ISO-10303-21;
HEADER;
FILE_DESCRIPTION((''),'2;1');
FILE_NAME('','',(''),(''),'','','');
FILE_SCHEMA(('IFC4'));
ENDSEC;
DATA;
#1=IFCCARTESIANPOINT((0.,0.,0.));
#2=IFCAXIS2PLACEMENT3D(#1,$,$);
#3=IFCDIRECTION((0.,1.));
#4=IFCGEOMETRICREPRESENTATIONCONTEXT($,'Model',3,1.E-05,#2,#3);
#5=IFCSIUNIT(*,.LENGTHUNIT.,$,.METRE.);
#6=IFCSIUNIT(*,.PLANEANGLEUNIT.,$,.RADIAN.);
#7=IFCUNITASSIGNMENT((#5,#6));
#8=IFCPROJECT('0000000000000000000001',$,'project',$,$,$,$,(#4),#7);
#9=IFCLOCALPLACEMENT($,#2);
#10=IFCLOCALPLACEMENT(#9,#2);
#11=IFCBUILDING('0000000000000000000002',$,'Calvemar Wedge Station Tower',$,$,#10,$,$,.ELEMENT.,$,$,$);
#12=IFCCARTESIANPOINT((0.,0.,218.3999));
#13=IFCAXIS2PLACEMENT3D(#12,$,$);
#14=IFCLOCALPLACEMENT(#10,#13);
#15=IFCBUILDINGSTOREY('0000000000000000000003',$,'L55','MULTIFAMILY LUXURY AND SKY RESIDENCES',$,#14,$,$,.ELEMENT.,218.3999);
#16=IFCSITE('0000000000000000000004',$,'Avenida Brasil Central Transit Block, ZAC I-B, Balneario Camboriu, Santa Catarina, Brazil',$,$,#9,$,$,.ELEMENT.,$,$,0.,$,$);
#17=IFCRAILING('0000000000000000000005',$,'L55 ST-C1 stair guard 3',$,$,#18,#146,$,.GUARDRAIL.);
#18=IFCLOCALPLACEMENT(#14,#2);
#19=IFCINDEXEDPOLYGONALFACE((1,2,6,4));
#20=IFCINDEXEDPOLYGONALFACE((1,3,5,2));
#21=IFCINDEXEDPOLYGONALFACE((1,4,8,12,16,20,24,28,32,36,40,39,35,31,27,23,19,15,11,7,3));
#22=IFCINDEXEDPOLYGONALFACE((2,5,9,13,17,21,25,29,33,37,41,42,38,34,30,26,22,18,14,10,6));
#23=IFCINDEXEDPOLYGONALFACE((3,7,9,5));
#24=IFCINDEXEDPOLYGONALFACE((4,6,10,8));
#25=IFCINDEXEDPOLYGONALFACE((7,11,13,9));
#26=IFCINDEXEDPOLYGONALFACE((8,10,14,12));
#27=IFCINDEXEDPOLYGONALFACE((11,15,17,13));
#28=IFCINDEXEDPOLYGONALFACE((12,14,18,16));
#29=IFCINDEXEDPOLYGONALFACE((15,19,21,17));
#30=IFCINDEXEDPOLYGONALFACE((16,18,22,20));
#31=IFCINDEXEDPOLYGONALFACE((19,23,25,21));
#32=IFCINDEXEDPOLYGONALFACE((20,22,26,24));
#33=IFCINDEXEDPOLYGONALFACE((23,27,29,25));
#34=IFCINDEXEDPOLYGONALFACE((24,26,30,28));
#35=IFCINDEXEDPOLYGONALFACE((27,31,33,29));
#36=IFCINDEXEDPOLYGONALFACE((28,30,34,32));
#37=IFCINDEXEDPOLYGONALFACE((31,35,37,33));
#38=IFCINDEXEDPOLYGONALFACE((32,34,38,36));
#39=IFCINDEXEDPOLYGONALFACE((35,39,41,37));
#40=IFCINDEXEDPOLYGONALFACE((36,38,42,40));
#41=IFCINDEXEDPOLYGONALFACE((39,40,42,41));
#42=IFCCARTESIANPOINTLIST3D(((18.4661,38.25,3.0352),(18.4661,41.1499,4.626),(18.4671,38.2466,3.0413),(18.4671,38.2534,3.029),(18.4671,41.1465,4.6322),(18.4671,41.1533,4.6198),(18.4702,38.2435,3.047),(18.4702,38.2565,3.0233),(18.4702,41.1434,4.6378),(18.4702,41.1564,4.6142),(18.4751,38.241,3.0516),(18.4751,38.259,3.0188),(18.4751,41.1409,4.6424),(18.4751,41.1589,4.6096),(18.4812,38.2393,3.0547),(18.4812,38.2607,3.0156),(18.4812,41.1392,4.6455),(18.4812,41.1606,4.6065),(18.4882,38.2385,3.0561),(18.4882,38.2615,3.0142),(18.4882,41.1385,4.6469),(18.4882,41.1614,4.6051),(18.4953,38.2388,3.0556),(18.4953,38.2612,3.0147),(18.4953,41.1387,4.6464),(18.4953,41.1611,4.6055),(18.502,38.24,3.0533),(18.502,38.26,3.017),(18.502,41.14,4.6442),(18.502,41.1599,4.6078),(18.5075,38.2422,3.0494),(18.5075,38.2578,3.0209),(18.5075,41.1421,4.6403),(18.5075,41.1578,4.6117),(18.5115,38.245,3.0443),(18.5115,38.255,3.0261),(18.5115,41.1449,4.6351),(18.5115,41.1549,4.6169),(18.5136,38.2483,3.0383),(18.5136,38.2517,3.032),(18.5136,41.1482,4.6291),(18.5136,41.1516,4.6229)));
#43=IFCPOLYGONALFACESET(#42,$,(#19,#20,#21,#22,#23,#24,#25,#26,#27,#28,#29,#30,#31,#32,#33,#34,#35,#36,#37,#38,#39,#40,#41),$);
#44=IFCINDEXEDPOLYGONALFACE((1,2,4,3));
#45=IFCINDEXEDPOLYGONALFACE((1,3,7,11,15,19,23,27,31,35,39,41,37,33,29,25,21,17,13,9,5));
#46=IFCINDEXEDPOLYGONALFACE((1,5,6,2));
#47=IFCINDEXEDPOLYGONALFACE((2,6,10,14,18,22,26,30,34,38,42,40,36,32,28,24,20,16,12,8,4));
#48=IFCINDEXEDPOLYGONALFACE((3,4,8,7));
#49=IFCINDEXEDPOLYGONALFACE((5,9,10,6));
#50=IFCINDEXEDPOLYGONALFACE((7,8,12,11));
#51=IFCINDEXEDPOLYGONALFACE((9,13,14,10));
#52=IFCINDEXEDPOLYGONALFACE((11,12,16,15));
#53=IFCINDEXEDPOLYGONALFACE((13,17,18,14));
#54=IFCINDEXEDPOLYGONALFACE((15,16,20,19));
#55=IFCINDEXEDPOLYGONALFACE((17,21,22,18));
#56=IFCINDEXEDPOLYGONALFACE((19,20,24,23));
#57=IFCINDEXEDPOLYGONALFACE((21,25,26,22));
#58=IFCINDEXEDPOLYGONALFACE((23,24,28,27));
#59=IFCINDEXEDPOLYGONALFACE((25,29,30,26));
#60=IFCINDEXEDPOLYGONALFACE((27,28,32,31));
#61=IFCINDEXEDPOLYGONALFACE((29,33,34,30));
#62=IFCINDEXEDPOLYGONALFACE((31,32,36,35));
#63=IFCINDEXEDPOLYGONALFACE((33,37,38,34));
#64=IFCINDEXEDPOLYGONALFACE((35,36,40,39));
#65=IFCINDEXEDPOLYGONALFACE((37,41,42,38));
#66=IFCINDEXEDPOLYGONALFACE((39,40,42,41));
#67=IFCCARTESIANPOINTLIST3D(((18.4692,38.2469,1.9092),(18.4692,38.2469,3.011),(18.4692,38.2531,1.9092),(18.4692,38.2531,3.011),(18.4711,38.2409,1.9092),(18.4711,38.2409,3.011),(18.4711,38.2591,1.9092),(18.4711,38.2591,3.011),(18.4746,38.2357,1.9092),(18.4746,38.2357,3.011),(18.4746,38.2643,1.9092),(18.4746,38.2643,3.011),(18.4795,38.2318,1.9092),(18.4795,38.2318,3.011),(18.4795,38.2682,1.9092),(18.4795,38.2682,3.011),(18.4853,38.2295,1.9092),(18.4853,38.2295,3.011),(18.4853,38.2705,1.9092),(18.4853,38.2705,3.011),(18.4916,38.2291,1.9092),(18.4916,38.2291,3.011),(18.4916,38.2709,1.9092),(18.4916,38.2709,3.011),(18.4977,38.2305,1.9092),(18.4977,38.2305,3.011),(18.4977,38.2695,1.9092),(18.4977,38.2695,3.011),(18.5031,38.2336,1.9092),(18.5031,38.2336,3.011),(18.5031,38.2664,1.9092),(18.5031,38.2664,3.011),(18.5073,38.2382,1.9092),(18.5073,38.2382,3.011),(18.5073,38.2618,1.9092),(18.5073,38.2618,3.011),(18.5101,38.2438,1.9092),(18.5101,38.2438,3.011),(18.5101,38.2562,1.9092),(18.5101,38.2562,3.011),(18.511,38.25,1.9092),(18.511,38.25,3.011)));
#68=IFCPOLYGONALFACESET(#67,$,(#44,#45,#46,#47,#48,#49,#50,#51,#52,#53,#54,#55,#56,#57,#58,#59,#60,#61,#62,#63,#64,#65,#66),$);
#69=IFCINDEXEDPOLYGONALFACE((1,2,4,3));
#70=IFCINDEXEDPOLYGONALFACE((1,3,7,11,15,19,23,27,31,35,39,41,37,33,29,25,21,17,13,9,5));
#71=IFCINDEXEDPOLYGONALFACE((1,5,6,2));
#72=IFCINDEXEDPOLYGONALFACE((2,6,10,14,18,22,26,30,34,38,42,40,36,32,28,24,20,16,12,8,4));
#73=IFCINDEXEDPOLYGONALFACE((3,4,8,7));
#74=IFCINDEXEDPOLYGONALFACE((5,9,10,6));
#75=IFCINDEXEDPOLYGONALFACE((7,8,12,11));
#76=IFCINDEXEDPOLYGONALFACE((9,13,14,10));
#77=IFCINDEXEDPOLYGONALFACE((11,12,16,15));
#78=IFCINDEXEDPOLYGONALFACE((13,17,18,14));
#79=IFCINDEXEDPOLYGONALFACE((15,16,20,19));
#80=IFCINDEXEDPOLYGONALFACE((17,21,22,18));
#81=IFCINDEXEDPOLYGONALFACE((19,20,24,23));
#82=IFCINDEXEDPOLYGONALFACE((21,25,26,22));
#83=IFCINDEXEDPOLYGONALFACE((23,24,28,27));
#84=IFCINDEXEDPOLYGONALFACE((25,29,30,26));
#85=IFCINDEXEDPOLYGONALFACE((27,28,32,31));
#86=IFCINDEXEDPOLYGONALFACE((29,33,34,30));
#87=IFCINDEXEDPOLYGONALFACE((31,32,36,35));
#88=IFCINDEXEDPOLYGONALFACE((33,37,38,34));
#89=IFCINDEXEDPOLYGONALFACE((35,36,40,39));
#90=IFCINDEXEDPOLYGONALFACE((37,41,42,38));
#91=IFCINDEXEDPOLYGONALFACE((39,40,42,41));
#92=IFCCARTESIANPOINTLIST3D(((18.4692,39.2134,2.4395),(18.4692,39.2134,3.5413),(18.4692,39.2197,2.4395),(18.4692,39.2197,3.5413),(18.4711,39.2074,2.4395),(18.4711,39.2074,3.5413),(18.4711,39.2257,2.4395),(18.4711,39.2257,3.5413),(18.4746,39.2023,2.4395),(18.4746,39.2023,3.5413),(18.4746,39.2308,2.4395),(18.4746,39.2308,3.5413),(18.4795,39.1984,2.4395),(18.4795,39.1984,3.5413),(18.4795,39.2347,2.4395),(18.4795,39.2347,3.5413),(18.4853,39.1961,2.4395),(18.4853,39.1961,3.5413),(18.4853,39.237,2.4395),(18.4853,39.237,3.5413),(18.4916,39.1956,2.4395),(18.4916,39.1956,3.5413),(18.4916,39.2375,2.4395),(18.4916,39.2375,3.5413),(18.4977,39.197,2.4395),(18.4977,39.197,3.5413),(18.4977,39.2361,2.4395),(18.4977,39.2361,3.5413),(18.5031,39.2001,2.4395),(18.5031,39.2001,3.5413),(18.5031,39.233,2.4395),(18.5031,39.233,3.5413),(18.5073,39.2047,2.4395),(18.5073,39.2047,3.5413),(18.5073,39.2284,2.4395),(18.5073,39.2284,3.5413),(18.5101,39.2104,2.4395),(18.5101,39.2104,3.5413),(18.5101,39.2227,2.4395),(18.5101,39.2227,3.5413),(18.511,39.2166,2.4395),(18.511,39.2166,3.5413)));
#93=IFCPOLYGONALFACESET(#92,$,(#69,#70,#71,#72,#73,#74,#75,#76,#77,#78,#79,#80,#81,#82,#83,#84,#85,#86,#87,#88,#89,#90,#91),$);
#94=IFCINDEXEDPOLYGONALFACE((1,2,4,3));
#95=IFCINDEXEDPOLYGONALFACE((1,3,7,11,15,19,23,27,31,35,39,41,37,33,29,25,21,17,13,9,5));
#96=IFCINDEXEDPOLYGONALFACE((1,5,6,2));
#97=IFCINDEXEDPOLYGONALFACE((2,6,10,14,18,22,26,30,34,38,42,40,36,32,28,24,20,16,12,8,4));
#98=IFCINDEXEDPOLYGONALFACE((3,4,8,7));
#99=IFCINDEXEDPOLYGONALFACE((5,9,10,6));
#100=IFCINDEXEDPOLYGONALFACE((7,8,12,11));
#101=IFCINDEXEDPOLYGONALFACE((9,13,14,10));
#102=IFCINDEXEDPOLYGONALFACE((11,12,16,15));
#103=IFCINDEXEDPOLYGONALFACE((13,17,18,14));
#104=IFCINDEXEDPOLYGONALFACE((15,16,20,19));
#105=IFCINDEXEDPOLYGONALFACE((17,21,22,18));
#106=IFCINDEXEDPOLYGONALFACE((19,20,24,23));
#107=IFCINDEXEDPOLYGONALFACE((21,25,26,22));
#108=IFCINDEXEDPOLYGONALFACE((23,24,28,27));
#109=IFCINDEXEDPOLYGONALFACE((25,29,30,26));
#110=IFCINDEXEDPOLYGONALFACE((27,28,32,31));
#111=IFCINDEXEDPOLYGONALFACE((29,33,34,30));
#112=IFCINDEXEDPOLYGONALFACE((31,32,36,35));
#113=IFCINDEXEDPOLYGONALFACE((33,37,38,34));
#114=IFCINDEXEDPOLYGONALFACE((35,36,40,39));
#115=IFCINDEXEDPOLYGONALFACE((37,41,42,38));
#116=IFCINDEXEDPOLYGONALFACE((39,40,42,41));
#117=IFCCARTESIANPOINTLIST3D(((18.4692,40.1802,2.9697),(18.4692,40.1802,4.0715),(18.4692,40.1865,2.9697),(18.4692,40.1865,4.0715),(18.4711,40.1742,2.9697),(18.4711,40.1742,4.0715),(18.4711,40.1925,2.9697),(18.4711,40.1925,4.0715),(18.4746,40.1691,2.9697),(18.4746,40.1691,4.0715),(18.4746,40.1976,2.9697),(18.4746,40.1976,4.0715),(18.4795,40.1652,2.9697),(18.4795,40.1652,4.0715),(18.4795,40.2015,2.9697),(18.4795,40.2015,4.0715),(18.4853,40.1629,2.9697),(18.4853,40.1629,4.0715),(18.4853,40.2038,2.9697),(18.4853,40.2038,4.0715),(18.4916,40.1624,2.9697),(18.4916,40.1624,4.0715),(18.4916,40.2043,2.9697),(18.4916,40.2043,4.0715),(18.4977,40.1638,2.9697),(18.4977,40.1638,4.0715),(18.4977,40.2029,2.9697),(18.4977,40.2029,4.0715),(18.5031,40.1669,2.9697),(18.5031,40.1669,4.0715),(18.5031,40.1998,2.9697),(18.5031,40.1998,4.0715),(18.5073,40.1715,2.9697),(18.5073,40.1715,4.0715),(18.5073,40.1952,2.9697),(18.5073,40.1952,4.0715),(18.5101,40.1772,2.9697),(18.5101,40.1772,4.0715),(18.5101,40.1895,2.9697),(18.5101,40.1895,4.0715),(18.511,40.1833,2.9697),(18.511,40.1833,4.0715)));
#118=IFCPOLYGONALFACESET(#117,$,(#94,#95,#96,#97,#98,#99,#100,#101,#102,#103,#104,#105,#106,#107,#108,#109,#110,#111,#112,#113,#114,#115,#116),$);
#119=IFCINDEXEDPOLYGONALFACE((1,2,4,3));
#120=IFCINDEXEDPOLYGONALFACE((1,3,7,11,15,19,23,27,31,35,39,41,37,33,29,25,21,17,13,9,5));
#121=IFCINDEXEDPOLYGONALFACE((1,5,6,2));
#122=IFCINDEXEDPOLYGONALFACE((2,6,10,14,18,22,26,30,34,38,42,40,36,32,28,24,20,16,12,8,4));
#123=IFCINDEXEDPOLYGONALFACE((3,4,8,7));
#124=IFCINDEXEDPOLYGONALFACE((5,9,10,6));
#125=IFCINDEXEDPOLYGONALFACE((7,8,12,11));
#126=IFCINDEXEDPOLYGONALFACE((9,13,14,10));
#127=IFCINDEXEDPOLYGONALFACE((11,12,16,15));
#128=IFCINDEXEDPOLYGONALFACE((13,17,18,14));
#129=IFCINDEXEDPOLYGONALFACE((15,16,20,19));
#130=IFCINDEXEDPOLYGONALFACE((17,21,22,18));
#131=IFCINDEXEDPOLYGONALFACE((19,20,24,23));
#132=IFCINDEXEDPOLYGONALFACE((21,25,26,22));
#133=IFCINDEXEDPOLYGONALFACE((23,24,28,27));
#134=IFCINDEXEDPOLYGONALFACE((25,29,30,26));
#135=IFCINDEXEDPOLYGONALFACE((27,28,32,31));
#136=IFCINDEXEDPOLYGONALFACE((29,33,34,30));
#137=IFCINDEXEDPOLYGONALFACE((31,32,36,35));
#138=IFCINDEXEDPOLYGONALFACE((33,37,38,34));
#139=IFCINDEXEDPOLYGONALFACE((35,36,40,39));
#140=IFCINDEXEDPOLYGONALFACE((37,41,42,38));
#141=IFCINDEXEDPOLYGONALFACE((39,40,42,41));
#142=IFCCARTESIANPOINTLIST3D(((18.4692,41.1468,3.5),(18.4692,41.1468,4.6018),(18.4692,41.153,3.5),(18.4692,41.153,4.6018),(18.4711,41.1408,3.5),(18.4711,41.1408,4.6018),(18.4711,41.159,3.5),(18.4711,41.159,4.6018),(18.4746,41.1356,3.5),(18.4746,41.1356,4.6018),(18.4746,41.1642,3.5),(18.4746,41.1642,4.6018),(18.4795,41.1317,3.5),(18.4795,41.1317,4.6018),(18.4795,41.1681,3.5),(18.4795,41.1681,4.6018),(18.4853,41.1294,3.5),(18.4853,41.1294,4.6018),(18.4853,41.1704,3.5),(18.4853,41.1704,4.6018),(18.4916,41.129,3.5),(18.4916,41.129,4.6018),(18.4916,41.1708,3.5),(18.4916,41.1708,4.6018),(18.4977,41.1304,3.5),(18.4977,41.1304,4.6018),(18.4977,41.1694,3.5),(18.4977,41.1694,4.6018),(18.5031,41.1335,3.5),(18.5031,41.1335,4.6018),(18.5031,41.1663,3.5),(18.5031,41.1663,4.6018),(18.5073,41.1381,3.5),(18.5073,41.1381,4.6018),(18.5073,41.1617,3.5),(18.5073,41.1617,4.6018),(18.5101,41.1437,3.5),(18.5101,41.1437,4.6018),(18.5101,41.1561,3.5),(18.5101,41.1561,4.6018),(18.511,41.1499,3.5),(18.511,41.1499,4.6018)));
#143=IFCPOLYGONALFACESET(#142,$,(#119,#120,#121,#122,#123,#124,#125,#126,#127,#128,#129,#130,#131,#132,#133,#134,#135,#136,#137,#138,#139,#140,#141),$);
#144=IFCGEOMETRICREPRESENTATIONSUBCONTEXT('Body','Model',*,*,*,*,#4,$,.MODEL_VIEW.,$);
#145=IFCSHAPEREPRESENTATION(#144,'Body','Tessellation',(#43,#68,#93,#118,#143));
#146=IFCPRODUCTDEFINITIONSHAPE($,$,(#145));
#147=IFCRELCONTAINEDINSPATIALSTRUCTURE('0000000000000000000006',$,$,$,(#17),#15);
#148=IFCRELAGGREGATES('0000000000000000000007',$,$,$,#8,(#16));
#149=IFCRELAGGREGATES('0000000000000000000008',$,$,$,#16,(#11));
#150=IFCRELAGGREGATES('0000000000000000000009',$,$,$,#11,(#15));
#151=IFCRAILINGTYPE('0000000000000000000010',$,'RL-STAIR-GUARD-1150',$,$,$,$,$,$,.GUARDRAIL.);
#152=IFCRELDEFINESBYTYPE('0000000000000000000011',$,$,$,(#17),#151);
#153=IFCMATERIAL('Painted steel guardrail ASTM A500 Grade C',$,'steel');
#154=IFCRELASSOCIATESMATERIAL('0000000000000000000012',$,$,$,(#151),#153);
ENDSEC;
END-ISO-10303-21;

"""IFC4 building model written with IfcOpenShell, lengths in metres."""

from ifc_helpers import new_model, si_unit, direction, frame, origin, origin_2d, place, context, subcontext, project, spatial, circle, extrude, material, type_object, element, save


model = new_model("IFC4")

# Units and contexts
model_context = context("Model", 3, precision=1e-05, world=origin(), true_north=direction((0.0, 1.0)))
body_context = subcontext(model_context, "Body", "Model", "MODEL_VIEW")
ifc_project = project(units=[si_unit("LENGTHUNIT", "METRE"), si_unit("PLANEANGLEUNIT", "RADIAN")], contexts=[model_context])

# Site, building, storey
site_placement = place(None, origin())
site = spatial("IfcSite", under=ifc_project, at=site_placement, Name="Avenida Brasil Central Transit Block, ZAC I-B, Balneario Camboriu, Santa Catarina, Brazil", CompositionType="ELEMENT", RefElevation=0.0)
building_placement = place(site_placement, origin())
building = spatial("IfcBuilding", under=site, at=building_placement, Name="Calvemar Wedge Station Tower", CompositionType="ELEMENT")
storey_placement = place(building_placement, frame((0.0, 0.0, 218.3999)))
storey = spatial("IfcBuildingStorey", under=building, at=storey_placement, Name="L55", Description="MULTIFAMILY LUXURY AND SKY RESIDENCES", CompositionType="ELEMENT", Elevation=218.3999)

# Railing
ifc_material_1 = material(Name="Painted steel guardrail ASTM A500 Grade C", Category="steel")
railing_type_1 = type_object("IfcRailingType", Name="RL-STAIR-GUARD-1150", PredefinedType="GUARDRAIL", material=ifc_material_1)
railing_1_placement = place(storey_placement, frame((18.49, 38.25, 1.9092)))
element("IfcRailing", 1, at=railing_1_placement, inside=storey, type_object=railing_type_1, Name="L55 ST-C1 stair guard 3", PredefinedType="GUARDRAIL", context=body_context, shape_type="SweptSolid", body=[
    extrude(circle(Radius=0.0239, at=origin_2d()), frame((0.0, 0.0, 1.126), z_axis=(0.0, 0.876742, 0.480961), x_axis=(-1.0, 0.0, 0.0)), (0.0, 0.0, 1.0), 3.3076),
    extrude(circle(Radius=0.021, at=origin_2d()), origin(), (0.0, 0.0, 1.0), 1.1018),
    extrude(circle(Radius=0.021, at=origin_2d()), frame((0.0, 0.9666, 0.5303)), (0.0, 0.0, 1.0), 1.1018),
    extrude(circle(Radius=0.021, at=origin_2d()), frame((0.0, 1.9333, 1.0605)), (0.0, 0.0, 1.0), 1.1018),
    extrude(circle(Radius=0.021, at=origin_2d()), frame((0.0, 2.8999, 1.5908)), (0.0, 0.0, 1.0), 1.1018),
])

save(model, "model.ifc")
